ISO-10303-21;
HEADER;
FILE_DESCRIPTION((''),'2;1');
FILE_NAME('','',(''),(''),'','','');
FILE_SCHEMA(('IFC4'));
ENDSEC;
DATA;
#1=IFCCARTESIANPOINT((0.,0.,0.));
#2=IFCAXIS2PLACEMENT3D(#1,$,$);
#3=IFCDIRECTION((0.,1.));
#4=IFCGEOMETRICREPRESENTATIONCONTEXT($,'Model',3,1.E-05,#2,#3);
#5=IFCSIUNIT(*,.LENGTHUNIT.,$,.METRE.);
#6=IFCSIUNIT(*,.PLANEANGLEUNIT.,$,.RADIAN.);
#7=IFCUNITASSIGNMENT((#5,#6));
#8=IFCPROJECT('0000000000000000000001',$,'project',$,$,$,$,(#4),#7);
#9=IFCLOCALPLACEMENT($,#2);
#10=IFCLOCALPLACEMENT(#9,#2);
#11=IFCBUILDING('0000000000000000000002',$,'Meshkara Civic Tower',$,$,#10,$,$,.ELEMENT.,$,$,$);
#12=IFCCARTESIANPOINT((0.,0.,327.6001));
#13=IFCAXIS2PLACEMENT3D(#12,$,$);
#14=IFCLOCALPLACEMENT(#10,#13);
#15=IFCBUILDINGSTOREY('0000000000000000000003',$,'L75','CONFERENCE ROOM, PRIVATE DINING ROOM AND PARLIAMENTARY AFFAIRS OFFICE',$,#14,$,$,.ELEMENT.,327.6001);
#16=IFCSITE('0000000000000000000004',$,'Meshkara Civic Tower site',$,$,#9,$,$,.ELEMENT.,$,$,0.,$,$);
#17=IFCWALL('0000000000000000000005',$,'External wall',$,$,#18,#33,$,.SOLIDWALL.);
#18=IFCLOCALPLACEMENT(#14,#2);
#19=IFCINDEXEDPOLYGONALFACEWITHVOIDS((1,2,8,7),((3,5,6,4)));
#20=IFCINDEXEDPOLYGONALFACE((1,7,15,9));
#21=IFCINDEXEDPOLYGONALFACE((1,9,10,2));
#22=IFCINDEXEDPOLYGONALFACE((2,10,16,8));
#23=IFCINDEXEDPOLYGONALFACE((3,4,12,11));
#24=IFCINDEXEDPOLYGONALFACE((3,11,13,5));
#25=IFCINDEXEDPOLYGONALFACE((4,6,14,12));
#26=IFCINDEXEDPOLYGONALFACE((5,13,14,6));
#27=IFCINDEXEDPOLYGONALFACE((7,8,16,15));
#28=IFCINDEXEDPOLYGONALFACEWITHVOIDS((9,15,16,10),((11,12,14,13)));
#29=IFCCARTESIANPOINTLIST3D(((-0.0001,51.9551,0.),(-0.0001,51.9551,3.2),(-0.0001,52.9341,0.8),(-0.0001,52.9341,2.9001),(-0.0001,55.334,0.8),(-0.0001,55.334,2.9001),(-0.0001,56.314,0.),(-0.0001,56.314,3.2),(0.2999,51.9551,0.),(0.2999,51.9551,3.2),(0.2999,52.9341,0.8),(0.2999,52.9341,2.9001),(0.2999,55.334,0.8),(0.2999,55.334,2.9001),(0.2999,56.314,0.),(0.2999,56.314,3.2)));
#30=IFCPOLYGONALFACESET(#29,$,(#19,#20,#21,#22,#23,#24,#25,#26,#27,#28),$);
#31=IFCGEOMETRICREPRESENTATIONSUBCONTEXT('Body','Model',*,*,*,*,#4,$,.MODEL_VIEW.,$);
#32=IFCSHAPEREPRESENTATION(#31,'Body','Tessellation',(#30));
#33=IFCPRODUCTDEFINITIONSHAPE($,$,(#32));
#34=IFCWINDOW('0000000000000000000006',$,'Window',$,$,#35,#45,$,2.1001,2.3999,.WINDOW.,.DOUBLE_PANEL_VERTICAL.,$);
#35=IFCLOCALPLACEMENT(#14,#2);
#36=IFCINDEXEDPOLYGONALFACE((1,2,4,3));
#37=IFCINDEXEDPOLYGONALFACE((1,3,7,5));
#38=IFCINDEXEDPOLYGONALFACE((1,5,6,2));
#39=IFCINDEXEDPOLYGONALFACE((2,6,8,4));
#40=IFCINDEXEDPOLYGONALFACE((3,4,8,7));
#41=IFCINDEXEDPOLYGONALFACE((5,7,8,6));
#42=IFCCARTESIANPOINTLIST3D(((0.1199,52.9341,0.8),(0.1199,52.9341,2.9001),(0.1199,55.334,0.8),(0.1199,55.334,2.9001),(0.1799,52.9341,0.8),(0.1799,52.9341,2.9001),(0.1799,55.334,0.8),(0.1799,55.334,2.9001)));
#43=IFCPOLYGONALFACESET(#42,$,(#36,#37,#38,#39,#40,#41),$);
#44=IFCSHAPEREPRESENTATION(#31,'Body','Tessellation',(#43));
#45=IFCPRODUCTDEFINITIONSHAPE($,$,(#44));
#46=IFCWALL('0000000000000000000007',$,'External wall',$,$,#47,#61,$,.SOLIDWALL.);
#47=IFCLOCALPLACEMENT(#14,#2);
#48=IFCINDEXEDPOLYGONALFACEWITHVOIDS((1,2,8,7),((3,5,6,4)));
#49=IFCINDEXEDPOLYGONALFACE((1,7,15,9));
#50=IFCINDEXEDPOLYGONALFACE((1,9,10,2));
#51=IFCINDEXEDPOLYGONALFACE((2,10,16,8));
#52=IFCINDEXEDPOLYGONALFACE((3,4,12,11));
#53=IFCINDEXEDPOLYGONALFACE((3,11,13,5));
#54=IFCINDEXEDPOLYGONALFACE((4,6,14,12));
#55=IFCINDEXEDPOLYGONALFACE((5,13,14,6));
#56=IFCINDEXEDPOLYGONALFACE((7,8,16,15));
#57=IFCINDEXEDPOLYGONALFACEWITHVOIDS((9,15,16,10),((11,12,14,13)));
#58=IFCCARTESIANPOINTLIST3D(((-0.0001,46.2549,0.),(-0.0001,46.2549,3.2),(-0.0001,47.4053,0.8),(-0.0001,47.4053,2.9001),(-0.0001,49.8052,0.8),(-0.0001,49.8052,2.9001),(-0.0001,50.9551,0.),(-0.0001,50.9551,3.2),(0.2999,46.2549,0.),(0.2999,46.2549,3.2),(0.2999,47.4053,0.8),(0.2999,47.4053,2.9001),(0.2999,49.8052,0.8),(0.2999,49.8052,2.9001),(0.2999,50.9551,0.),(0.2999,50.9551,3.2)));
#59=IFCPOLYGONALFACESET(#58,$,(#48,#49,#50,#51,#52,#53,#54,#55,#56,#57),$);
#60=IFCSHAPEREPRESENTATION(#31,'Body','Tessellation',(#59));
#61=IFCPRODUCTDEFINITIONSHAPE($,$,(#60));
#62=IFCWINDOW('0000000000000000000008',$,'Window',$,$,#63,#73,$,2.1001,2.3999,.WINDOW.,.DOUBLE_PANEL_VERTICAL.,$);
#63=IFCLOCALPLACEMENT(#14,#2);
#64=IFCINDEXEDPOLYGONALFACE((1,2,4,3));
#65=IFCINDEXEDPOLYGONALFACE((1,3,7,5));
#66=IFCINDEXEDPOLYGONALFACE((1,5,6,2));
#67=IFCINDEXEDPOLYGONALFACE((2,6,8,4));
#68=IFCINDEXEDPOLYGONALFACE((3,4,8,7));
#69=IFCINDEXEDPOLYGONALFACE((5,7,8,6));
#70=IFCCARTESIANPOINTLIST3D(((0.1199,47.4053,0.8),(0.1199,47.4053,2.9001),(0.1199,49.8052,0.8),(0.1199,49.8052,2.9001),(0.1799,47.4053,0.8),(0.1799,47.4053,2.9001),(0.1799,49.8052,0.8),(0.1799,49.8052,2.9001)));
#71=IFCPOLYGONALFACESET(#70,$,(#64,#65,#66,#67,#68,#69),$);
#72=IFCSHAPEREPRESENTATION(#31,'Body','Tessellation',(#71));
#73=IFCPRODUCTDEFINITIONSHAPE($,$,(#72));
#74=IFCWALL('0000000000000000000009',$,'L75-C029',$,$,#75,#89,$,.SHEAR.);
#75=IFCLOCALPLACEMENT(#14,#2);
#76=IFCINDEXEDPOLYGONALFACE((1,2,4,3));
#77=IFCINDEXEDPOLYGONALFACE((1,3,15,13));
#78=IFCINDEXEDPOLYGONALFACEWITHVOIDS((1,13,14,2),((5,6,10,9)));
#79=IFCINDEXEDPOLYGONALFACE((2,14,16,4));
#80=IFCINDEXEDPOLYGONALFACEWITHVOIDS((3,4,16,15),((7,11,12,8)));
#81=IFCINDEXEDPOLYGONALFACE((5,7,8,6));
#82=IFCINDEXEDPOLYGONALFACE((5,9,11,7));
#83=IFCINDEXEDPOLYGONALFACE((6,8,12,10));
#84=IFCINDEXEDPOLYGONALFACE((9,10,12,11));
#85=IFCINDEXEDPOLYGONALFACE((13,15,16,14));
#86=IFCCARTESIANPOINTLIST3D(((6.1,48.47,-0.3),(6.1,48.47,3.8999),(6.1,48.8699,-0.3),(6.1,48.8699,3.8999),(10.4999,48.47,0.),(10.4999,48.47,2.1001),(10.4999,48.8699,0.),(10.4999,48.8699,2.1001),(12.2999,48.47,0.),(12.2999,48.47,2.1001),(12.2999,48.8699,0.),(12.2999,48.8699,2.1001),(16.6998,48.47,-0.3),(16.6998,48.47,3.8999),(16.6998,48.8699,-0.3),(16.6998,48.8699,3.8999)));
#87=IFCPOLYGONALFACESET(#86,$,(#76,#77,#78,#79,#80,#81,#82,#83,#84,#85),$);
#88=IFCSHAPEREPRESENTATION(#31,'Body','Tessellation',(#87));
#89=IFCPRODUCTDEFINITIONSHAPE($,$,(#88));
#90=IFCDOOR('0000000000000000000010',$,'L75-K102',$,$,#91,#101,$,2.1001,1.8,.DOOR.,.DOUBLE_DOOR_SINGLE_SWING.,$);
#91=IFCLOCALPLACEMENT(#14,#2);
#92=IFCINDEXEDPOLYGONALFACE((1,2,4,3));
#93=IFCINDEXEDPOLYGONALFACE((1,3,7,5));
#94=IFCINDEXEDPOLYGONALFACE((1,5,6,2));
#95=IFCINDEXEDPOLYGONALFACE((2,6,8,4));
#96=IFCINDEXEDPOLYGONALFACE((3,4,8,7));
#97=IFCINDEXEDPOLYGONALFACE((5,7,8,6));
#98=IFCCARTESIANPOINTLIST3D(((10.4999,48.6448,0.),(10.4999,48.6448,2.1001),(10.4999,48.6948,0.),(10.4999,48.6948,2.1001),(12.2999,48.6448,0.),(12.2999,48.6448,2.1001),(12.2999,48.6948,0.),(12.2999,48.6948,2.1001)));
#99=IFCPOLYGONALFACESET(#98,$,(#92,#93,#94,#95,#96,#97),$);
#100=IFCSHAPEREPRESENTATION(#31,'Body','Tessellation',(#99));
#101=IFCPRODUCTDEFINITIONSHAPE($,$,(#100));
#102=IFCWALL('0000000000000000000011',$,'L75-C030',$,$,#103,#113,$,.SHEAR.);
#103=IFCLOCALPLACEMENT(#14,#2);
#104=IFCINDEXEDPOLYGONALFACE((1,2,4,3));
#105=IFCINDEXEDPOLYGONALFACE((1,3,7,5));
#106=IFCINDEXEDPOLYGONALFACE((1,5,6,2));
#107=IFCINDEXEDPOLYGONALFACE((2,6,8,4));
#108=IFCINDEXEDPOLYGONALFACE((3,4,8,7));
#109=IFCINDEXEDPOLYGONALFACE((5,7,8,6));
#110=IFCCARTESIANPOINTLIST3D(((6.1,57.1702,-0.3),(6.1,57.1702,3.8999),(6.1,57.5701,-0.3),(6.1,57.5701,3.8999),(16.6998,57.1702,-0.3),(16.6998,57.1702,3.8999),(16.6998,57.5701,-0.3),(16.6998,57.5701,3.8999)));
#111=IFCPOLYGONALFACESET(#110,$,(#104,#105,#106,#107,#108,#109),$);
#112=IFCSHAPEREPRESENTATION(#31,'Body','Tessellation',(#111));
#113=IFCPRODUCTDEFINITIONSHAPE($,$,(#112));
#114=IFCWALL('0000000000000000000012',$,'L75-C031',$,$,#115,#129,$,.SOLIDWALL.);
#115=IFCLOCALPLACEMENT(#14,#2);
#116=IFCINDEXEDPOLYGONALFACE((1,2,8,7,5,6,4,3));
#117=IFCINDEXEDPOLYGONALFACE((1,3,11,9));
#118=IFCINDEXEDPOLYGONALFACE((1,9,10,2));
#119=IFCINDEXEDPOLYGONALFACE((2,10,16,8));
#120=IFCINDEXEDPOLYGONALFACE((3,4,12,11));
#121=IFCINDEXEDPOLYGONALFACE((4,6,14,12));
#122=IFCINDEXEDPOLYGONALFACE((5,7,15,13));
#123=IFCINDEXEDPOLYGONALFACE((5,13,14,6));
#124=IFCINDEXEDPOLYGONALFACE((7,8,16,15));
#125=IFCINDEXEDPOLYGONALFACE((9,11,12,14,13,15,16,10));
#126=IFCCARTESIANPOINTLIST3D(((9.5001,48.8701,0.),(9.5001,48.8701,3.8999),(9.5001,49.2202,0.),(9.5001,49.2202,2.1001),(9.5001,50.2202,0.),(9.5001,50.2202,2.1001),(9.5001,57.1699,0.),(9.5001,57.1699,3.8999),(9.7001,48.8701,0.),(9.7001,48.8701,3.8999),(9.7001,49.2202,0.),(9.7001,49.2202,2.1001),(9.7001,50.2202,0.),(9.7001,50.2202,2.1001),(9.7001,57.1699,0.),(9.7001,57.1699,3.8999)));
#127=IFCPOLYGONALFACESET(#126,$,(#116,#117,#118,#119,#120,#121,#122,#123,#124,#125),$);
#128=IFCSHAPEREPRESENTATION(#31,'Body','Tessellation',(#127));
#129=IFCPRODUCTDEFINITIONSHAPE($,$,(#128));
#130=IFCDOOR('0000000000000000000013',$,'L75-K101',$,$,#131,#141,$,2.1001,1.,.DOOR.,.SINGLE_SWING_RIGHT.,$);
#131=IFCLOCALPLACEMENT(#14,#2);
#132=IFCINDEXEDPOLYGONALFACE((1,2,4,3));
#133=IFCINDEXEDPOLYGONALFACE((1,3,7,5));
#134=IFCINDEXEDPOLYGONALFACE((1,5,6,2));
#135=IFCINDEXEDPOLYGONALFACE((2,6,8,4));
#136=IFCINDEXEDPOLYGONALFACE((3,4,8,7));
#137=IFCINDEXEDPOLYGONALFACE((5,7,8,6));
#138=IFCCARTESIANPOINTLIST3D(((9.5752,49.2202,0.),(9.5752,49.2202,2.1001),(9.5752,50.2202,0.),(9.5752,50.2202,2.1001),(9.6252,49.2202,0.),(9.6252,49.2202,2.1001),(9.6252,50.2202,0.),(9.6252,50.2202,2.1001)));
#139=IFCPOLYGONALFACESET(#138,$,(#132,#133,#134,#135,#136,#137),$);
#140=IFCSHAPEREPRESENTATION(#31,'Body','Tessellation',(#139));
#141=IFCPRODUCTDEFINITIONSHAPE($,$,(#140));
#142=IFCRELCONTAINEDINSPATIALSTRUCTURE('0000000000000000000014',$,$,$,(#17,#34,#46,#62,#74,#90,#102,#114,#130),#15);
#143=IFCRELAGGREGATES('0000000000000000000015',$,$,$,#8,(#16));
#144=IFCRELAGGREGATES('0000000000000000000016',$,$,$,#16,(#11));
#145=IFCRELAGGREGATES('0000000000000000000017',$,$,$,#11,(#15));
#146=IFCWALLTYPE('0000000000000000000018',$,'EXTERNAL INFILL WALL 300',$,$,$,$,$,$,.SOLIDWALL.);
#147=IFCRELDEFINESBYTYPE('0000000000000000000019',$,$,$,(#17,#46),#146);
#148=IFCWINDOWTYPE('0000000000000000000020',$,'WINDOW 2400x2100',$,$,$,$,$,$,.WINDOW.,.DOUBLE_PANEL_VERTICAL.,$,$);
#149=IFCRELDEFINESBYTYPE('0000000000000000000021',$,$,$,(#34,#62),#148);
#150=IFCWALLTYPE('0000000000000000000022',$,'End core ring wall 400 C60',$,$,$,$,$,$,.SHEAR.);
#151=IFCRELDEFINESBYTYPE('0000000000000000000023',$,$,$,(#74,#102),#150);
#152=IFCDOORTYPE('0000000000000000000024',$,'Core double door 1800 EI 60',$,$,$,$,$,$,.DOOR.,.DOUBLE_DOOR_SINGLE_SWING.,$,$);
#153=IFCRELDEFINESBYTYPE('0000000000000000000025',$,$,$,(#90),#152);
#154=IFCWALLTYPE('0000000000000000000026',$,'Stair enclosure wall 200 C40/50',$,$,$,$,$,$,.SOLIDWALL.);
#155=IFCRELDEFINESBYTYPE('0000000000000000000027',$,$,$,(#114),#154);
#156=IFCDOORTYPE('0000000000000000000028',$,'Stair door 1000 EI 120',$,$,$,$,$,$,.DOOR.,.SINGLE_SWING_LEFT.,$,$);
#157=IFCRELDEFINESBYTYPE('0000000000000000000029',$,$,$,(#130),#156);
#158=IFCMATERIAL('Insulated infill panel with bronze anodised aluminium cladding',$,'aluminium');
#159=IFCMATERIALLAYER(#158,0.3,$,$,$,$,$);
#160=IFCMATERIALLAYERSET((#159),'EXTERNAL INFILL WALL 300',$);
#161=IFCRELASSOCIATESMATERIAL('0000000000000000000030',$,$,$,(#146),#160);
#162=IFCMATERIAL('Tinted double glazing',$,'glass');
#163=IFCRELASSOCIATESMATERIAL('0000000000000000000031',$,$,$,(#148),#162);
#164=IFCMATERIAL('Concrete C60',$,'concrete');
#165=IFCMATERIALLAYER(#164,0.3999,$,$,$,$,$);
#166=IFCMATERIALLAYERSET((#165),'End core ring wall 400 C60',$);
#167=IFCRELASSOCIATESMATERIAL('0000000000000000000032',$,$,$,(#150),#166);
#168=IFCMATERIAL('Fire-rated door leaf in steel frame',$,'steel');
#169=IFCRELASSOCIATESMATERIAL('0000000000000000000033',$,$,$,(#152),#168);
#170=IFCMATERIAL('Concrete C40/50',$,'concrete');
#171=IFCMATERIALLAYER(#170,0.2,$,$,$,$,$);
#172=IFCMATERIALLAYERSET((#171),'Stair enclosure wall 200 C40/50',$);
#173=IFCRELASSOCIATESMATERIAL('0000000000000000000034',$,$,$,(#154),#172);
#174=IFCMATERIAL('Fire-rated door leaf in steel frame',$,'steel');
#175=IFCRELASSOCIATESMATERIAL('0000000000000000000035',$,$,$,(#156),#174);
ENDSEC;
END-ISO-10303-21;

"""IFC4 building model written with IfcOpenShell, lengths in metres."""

from ifc_helpers import new_model, si_unit, direction, frame, frame_2d, origin, place, context, subcontext, project, spatial, rectangle, extrude, material, layer, layer_set, type_object, element, fill, save


model = new_model("IFC4")

# Units and contexts
model_context = context("Model", 3, precision=1e-05, world=origin(), true_north=direction((0.0, 1.0)))
body_context = subcontext(model_context, "Body", "Model", "MODEL_VIEW")
ifc_project = project(units=[si_unit("LENGTHUNIT", "METRE"), si_unit("PLANEANGLEUNIT", "RADIAN")], contexts=[model_context])

# Site, building, storey
site_placement = place(None, origin())
site = spatial("IfcSite", under=ifc_project, at=site_placement, Name="Meshkara Civic Tower site", CompositionType="ELEMENT", RefElevation=0.0)
building_placement = place(site_placement, origin())
building = spatial("IfcBuilding", under=site, at=building_placement, Name="Meshkara Civic Tower", CompositionType="ELEMENT")
storey_placement = place(building_placement, frame((0.0, 0.0, 327.6001)))
storey = spatial("IfcBuildingStorey", under=building, at=storey_placement, Name="L75", Description="CONFERENCE ROOM, PRIVATE DINING ROOM AND PARLIAMENTARY AFFAIRS OFFICE", CompositionType="ELEMENT", Elevation=327.6001)

# Walls, openings, windows
ifc_material_1 = material(Name="Insulated infill panel with bronze anodised aluminium cladding", Category="aluminium")
ifc_layer_1 = layer(ifc_material_1, 0.3)
ifc_layer_set_1 = layer_set([ifc_layer_1], Name="EXTERNAL INFILL WALL 300")
wall_type_1 = type_object("IfcWallType", Name="EXTERNAL INFILL WALL 300", PredefinedType="SOLIDWALL", material=ifc_layer_set_1)
ifc_material_2 = material(Name="Tinted double glazing", Category="glass")
window_type = type_object("IfcWindowType", Name="WINDOW 2400x2100", PartitioningType="DOUBLE_PANEL_VERTICAL", PredefinedType="WINDOW", material=ifc_material_2)
wall_1_placement = place(storey_placement, frame((0.1499, 56.314, 0.0), z_axis=(0.0, 0.0, 1.0), x_axis=(0.0, -1.0, 0.0)))
wall_1 = element("IfcWall", 1, at=wall_1_placement, inside=storey, type_object=wall_type_1, Name="External wall", PredefinedType="SOLIDWALL", context=body_context, shape_type="SweptSolid", body=[
    extrude(rectangle(XDim=4.3589, YDim=0.3, at=frame_2d((2.1794, 0.0))), origin(), (0.0, 0.0, 1.0), 3.2),
])
opening_1_placement = place(wall_1_placement, frame((0.98, 0.0, 0.8)))
opening_1 = element("IfcOpeningElement", 2, at=opening_1_placement, cuts=wall_1, PredefinedType="OPENING", context=body_context, shape_type="SweptSolid", body=[
    extrude(rectangle(XDim=2.3999, YDim=2.1001, at=frame_2d((1.2, 1.05))), frame((0.0, 0.1599, 0.0), z_axis=(0.0, -1.0, 0.0), x_axis=(1.0, 0.0, 0.0)), (0.0, 0.0, 1.0), 0.3201),
])
window_1_placement = place(opening_1_placement, origin())
window_1 = element("IfcWindow", 3, at=window_1_placement, inside=storey, type_object=window_type, Name="Window", OverallHeight=2.1001, OverallWidth=2.3999, PartitioningType="DOUBLE_PANEL_VERTICAL", PredefinedType="WINDOW", context=body_context, shape_type="SweptSolid", body=[
    extrude(rectangle(XDim=2.3999, YDim=2.1001, at=frame_2d((1.2, 1.05))), frame((0.0, 0.03, 0.0), z_axis=(0.0, -1.0, 0.0), x_axis=(1.0, 0.0, 0.0)), (0.0, 0.0, 1.0), 0.0601),
])
fill(opening_1, window_1)
wall_2_placement = place(storey_placement, frame((0.1499, 50.9551, 0.0), z_axis=(0.0, 0.0, 1.0), x_axis=(0.0, -1.0, 0.0)))
wall_2 = element("IfcWall", 4, at=wall_2_placement, inside=storey, type_object=wall_type_1, Name="External wall", PredefinedType="SOLIDWALL", context=body_context, shape_type="SweptSolid", body=[
    extrude(rectangle(XDim=4.7002, YDim=0.3, at=frame_2d((2.3501, 0.0))), origin(), (0.0, 0.0, 1.0), 3.2),
])
opening_2_placement = place(wall_2_placement, frame((1.1499, 0.0, 0.8)))
opening_2 = element("IfcOpeningElement", 5, at=opening_2_placement, cuts=wall_2, PredefinedType="OPENING", context=body_context, shape_type="SweptSolid", body=[
    extrude(rectangle(XDim=2.3999, YDim=2.1001, at=frame_2d((1.2, 1.05))), frame((0.0, 0.1599, 0.0), z_axis=(0.0, -1.0, 0.0), x_axis=(1.0, 0.0, 0.0)), (0.0, 0.0, 1.0), 0.3201),
])
window_2_placement = place(opening_2_placement, origin())
window_2 = element("IfcWindow", 6, at=window_2_placement, inside=storey, type_object=window_type, Name="Window", OverallHeight=2.1001, OverallWidth=2.3999, PartitioningType="DOUBLE_PANEL_VERTICAL", PredefinedType="WINDOW", context=body_context, shape_type="SweptSolid", body=[
    extrude(rectangle(XDim=2.3999, YDim=2.1001, at=frame_2d((1.2, 1.05))), frame((0.0, 0.03, 0.0), z_axis=(0.0, -1.0, 0.0), x_axis=(1.0, 0.0, 0.0)), (0.0, 0.0, 1.0), 0.0601),
])
fill(opening_2, window_2)

# Wall, opening, door
ifc_material_3 = material(Name="Concrete C60", Category="concrete")
ifc_layer_2 = layer(ifc_material_3, 0.3999)
ifc_layer_set_2 = layer_set([ifc_layer_2], Name="End core ring wall 400 C60")
wall_type_2 = type_object("IfcWallType", Name="End core ring wall 400 C60", PredefinedType="SHEAR", material=ifc_layer_set_2)
wall_3_placement = place(storey_placement, frame((6.1001, 48.6699, -0.3), z_axis=(0.0, 0.0, 1.0), x_axis=(1.0, 0.0, 0.0)))
wall_3 = element("IfcWall", 7, at=wall_3_placement, inside=storey, type_object=wall_type_2, Name="L75-C029", PredefinedType="SHEAR", context=body_context, shape_type="SweptSolid", body=[
    extrude(rectangle(XDim=10.5999, YDim=0.3999, at=frame_2d((5.2998, 0.0))), origin(), (0.0, 0.0, 1.0), 4.2),
])
opening_3_placement = place(wall_3_placement, frame((4.3999, 0.0, 0.3)))
opening_3 = element("IfcOpeningElement", 8, at=opening_3_placement, cuts=wall_3, PredefinedType="OPENING", context=body_context, shape_type="SweptSolid", body=[
    extrude(rectangle(XDim=1.8, YDim=2.1001, at=frame_2d((0.8999, 1.05))), frame((0.0, 0.21, 0.0), z_axis=(0.0, -1.0, 0.0), x_axis=(1.0, 0.0, 0.0)), (0.0, 0.0, 1.0), 0.4199),
])
ifc_material_4 = material(Name="Fire-rated door leaf in steel frame", Category="steel")
door_type_1 = type_object("IfcDoorType", Name="Core double door 1800 EI 60", OperationType="DOUBLE_DOOR_SINGLE_SWING", PredefinedType="DOOR", material=ifc_material_4)
door_1_placement = place(opening_3_placement, origin())
door_1 = element("IfcDoor", 9, at=door_1_placement, inside=storey, type_object=door_type_1, Name="L75-K102", OperationType="DOUBLE_DOOR_SINGLE_SWING", OverallHeight=2.1001, OverallWidth=1.8, PredefinedType="DOOR", context=body_context, shape_type="SweptSolid", body=[
    extrude(rectangle(XDim=1.8, YDim=2.1001, at=frame_2d((0.8999, 1.05))), frame((0.0, 0.0249, 0.0), z_axis=(0.0, -1.0, 0.0), x_axis=(1.0, 0.0, 0.0)), (0.0, 0.0, 1.0), 0.05),
])
fill(opening_3, door_1)

# Wall
wall_4_placement = place(storey_placement, frame((6.1001, 57.3701, -0.3), z_axis=(0.0, 0.0, 1.0), x_axis=(1.0, 0.0, 0.0)))
element("IfcWall", 10, at=wall_4_placement, inside=storey, type_object=wall_type_2, Name="L75-C030", PredefinedType="SHEAR", context=body_context, shape_type="SweptSolid", body=[
    extrude(rectangle(XDim=10.5999, YDim=0.3999, at=frame_2d((5.2998, 0.0))), origin(), (0.0, 0.0, 1.0), 4.2),
])

# Wall, opening, door
ifc_material_5 = material(Name="Concrete C40/50", Category="concrete")
ifc_layer_3 = layer(ifc_material_5, 0.2)
ifc_layer_set_3 = layer_set([ifc_layer_3], Name="Stair enclosure wall 200 C40/50")
wall_type_3 = type_object("IfcWallType", Name="Stair enclosure wall 200 C40/50", PredefinedType="SOLIDWALL", material=ifc_layer_set_3)
wall_5_placement = place(storey_placement, frame((9.6001, 48.8701, 0.0), z_axis=(0.0, 0.0, 1.0), x_axis=(0.0, 1.0, 0.0)))
wall_5 = element("IfcWall", 11, at=wall_5_placement, inside=storey, type_object=wall_type_3, Name="L75-C031", PredefinedType="SOLIDWALL", context=body_context, shape_type="SweptSolid", body=[
    extrude(rectangle(XDim=8.2998, YDim=0.2, at=frame_2d((4.1499, 0.0))), origin(), (0.0, 0.0, 1.0), 3.8999),
])
opening_4_placement = place(wall_5_placement, frame((0.3501, 0.0, 0.0)))
opening_4 = element("IfcOpeningElement", 12, at=opening_4_placement, cuts=wall_5, PredefinedType="OPENING", context=body_context, shape_type="SweptSolid", body=[
    extrude(rectangle(XDim=1.0, YDim=2.1001, at=frame_2d((0.5, 1.05))), frame((0.0, 0.1099, 0.0), z_axis=(0.0, -1.0, 0.0), x_axis=(1.0, 0.0, 0.0)), (0.0, 0.0, 1.0), 0.22),
])
ifc_material_6 = material(Name="Fire-rated door leaf in steel frame", Category="steel")
door_type_2 = type_object("IfcDoorType", Name="Stair door 1000 EI 120", OperationType="SINGLE_SWING_LEFT", PredefinedType="DOOR", material=ifc_material_6)
door_2_placement = place(opening_4_placement, origin())
door_2 = element("IfcDoor", 13, at=door_2_placement, inside=storey, type_object=door_type_2, Name="L75-K101", OperationType="SINGLE_SWING_RIGHT", OverallHeight=2.1001, OverallWidth=1.0, PredefinedType="DOOR", context=body_context, shape_type="SweptSolid", body=[
    extrude(rectangle(XDim=1.0, YDim=2.1001, at=frame_2d((0.5, 1.05))), frame((0.0, 0.0249, 0.0), z_axis=(0.0, -1.0, 0.0), x_axis=(1.0, 0.0, 0.0)), (0.0, 0.0, 1.0), 0.05),
])
fill(opening_4, door_2)

save(model, "model.ifc")
